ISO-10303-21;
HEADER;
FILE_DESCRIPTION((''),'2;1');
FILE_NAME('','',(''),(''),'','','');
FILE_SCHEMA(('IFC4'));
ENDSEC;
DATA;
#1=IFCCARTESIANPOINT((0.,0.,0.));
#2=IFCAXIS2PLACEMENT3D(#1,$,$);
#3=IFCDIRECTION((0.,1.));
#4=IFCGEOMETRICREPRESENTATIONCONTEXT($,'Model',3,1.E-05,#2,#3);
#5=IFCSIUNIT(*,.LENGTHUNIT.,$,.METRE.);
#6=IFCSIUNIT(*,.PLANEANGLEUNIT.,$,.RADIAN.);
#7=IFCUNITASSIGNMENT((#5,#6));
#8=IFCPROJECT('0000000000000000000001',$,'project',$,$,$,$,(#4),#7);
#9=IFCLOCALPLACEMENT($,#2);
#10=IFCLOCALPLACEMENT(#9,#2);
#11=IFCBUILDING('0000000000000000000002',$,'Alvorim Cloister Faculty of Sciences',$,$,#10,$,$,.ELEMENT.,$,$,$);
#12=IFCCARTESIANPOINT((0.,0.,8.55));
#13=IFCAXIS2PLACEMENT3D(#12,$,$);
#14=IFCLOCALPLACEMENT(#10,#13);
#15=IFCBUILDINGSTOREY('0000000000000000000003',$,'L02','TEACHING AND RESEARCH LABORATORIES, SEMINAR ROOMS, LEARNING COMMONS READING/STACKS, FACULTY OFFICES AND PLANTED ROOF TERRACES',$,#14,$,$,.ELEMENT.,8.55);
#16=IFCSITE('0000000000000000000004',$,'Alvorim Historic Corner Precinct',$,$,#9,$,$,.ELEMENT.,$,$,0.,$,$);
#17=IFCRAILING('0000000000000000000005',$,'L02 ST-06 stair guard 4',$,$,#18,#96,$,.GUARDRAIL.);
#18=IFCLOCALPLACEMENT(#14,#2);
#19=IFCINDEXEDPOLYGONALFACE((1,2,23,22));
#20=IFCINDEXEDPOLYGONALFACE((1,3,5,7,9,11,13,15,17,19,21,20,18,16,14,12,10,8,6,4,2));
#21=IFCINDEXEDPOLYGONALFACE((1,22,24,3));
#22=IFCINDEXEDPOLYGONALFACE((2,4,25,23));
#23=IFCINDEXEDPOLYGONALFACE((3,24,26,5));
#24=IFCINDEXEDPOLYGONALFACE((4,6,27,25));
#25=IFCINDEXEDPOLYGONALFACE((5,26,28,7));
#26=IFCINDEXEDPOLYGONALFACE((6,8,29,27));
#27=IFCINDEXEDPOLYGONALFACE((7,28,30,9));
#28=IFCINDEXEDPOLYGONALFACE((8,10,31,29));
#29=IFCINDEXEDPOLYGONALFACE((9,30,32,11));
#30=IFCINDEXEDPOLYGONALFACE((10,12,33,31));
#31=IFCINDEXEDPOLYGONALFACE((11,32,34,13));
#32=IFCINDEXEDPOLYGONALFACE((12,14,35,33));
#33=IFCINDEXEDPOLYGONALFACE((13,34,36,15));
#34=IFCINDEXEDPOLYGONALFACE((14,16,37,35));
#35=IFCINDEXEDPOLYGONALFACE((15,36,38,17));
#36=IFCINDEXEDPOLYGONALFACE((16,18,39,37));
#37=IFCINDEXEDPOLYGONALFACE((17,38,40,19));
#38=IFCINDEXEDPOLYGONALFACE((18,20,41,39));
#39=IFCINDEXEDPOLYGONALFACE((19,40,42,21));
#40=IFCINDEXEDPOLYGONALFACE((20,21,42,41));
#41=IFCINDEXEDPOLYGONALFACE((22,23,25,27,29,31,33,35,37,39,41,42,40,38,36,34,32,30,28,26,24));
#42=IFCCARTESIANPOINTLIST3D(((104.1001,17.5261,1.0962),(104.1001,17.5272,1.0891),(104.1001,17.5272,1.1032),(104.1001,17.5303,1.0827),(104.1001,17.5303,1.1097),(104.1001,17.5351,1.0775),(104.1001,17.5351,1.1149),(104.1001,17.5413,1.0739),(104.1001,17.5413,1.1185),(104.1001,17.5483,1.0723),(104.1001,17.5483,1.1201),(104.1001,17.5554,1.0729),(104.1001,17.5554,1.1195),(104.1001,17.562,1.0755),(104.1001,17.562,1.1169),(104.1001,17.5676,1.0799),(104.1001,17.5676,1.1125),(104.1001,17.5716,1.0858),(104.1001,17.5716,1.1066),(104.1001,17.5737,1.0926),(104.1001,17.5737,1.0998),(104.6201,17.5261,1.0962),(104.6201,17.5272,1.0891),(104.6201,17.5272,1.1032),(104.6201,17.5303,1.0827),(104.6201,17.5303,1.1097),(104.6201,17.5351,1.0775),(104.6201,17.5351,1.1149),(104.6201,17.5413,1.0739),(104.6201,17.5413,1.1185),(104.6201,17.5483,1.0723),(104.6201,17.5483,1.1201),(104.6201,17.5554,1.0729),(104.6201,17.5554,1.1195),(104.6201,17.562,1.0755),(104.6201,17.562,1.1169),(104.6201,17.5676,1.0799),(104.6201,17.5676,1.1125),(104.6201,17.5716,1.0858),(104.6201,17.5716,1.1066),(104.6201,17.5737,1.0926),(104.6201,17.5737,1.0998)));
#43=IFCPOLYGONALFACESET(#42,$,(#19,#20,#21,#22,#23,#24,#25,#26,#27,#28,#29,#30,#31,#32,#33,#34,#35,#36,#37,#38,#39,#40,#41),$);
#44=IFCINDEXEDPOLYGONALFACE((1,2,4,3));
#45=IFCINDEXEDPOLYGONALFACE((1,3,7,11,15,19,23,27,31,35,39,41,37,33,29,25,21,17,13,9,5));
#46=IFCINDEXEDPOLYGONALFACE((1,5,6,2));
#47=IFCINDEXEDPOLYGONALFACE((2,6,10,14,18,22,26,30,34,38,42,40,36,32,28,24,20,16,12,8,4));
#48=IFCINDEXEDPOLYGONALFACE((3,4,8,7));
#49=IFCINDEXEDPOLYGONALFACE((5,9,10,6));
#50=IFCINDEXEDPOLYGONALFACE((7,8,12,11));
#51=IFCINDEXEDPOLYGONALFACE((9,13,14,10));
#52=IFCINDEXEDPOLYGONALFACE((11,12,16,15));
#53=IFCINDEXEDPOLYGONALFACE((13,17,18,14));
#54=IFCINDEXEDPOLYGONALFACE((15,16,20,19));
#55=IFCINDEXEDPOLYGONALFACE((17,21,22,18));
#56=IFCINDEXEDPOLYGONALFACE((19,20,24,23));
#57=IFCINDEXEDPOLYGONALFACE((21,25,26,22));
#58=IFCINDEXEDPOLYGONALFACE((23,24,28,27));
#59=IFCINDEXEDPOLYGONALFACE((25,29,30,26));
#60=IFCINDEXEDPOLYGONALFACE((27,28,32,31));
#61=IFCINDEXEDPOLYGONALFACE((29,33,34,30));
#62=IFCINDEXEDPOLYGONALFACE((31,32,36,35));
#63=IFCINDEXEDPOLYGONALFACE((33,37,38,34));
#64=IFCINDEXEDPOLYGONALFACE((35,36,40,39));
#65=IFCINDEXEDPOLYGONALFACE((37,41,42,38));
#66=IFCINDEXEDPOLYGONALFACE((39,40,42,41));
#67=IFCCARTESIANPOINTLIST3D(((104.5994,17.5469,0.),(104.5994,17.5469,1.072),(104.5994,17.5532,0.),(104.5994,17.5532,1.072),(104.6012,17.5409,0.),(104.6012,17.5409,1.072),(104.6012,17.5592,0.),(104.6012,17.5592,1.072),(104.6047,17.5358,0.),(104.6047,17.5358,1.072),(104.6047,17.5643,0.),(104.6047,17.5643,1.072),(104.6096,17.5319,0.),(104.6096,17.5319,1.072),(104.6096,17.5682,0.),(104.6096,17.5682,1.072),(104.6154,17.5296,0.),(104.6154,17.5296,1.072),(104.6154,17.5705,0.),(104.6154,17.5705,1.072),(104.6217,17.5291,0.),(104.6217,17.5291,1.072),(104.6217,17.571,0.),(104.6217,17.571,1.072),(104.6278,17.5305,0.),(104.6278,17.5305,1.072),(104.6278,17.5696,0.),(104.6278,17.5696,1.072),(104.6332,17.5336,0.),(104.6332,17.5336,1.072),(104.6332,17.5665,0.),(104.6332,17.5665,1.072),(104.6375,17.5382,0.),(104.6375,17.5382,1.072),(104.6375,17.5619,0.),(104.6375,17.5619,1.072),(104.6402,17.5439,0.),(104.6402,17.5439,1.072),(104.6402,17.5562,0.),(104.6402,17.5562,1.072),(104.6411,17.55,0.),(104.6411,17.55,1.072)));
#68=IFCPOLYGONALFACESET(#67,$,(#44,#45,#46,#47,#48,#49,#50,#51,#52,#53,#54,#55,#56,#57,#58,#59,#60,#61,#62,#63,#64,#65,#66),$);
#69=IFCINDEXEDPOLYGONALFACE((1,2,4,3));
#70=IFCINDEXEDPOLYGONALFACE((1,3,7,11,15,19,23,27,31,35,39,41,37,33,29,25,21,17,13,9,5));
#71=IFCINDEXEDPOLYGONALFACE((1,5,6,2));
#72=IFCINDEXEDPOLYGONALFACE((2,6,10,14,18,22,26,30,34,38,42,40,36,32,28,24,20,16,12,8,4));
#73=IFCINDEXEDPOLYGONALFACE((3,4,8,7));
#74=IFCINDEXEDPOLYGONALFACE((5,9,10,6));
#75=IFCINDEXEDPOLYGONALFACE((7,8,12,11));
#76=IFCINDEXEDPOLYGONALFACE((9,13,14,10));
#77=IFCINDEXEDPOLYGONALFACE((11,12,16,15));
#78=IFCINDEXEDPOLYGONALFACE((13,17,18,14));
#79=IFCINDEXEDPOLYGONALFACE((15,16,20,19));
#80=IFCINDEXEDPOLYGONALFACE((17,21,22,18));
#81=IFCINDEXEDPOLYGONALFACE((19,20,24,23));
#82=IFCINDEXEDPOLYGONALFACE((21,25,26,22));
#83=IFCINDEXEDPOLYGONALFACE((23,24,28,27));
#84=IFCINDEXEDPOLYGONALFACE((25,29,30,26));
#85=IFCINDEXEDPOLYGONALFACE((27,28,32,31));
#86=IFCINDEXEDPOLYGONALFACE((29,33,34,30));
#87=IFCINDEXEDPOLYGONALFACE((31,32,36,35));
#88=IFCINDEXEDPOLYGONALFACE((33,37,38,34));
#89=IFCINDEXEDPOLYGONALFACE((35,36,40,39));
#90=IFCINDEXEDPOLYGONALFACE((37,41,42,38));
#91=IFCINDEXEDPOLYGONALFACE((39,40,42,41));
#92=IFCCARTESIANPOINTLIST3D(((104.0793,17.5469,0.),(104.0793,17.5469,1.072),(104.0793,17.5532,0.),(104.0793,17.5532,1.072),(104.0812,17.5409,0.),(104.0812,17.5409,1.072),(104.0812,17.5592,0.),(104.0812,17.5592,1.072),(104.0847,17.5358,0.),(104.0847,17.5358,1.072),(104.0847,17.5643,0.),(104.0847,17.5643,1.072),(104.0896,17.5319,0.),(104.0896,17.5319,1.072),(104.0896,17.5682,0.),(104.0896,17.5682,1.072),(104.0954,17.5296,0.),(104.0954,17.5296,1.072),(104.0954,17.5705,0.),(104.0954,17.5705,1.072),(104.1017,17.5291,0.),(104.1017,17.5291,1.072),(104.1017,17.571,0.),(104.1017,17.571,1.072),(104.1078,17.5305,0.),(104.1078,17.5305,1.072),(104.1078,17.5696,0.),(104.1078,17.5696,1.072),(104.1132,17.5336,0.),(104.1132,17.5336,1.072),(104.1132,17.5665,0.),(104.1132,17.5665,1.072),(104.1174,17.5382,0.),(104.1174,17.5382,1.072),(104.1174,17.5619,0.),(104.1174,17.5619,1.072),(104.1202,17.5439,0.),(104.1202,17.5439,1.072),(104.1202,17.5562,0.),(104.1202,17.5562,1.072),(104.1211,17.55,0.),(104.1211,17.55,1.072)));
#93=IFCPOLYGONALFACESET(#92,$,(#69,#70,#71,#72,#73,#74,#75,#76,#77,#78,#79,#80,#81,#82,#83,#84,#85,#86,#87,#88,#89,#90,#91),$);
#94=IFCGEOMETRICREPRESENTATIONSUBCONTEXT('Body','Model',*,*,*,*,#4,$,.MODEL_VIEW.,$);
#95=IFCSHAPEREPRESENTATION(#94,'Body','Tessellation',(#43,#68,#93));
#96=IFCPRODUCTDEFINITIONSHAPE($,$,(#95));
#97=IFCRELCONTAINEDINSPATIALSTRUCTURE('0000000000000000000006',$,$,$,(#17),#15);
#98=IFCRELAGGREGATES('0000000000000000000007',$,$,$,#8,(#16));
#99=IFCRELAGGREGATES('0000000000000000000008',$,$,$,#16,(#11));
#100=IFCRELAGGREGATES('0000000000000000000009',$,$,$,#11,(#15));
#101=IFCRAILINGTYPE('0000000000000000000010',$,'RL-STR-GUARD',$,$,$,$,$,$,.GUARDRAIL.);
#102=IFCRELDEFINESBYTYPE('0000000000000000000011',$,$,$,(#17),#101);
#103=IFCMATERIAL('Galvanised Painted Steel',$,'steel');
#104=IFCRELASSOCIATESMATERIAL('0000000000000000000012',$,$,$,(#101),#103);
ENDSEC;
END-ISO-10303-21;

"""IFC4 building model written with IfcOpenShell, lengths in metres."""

from ifc_helpers import new_model, si_unit, direction, frame, origin, origin_2d, place, context, subcontext, project, spatial, circle, extrude, material, type_object, element, save


model = new_model("IFC4")

# Units and contexts
model_context = context("Model", 3, precision=1e-05, world=origin(), true_north=direction((0.0, 1.0)))
body_context = subcontext(model_context, "Body", "Model", "MODEL_VIEW")
ifc_project = project(units=[si_unit("LENGTHUNIT", "METRE"), si_unit("PLANEANGLEUNIT", "RADIAN")], contexts=[model_context])

# Site, building, storey
site_placement = place(None, origin())
site = spatial("IfcSite", under=ifc_project, at=site_placement, Name="Alvorim Historic Corner Precinct", CompositionType="ELEMENT", RefElevation=0.0)
building_placement = place(site_placement, origin())
building = spatial("IfcBuilding", under=site, at=building_placement, Name="Alvorim Cloister Faculty of Sciences", CompositionType="ELEMENT")
storey_placement = place(building_placement, frame((0.0, 0.0, 8.55)))
storey = spatial("IfcBuildingStorey", under=building, at=storey_placement, Name="L02", Description="TEACHING AND RESEARCH LABORATORIES, SEMINAR ROOMS, LEARNING COMMONS READING/STACKS, FACULTY OFFICES AND PLANTED ROOF TERRACES", CompositionType="ELEMENT", Elevation=8.55)

# Railing
ifc_material_1 = material(Name="Galvanised Painted Steel", Category="steel")
railing_type_1 = type_object("IfcRailingType", Name="RL-STR-GUARD", PredefinedType="GUARDRAIL", material=ifc_material_1)
railing_1_placement = place(storey_placement, frame((104.6201, 17.55, 0.0)))
element("IfcRailing", 1, at=railing_1_placement, inside=storey, type_object=railing_type_1, Name="L02 ST-06 stair guard 4", PredefinedType="GUARDRAIL", context=body_context, shape_type="SweptSolid", body=[
    extrude(circle(Radius=0.0239, at=origin_2d()), frame((0.0, 0.0, 1.0962), z_axis=(-1.0, 0.0, 0.0), x_axis=(0.0, -1.0, 0.0)), (0.0, 0.0, 1.0), 0.52),
    extrude(circle(Radius=0.021, at=origin_2d()), origin(), (0.0, 0.0, 1.0), 1.072),
    extrude(circle(Radius=0.021, at=origin_2d()), frame((-0.52, 0.0, 0.0)), (0.0, 0.0, 1.0), 1.072),
])

save(model, "model.ifc")
